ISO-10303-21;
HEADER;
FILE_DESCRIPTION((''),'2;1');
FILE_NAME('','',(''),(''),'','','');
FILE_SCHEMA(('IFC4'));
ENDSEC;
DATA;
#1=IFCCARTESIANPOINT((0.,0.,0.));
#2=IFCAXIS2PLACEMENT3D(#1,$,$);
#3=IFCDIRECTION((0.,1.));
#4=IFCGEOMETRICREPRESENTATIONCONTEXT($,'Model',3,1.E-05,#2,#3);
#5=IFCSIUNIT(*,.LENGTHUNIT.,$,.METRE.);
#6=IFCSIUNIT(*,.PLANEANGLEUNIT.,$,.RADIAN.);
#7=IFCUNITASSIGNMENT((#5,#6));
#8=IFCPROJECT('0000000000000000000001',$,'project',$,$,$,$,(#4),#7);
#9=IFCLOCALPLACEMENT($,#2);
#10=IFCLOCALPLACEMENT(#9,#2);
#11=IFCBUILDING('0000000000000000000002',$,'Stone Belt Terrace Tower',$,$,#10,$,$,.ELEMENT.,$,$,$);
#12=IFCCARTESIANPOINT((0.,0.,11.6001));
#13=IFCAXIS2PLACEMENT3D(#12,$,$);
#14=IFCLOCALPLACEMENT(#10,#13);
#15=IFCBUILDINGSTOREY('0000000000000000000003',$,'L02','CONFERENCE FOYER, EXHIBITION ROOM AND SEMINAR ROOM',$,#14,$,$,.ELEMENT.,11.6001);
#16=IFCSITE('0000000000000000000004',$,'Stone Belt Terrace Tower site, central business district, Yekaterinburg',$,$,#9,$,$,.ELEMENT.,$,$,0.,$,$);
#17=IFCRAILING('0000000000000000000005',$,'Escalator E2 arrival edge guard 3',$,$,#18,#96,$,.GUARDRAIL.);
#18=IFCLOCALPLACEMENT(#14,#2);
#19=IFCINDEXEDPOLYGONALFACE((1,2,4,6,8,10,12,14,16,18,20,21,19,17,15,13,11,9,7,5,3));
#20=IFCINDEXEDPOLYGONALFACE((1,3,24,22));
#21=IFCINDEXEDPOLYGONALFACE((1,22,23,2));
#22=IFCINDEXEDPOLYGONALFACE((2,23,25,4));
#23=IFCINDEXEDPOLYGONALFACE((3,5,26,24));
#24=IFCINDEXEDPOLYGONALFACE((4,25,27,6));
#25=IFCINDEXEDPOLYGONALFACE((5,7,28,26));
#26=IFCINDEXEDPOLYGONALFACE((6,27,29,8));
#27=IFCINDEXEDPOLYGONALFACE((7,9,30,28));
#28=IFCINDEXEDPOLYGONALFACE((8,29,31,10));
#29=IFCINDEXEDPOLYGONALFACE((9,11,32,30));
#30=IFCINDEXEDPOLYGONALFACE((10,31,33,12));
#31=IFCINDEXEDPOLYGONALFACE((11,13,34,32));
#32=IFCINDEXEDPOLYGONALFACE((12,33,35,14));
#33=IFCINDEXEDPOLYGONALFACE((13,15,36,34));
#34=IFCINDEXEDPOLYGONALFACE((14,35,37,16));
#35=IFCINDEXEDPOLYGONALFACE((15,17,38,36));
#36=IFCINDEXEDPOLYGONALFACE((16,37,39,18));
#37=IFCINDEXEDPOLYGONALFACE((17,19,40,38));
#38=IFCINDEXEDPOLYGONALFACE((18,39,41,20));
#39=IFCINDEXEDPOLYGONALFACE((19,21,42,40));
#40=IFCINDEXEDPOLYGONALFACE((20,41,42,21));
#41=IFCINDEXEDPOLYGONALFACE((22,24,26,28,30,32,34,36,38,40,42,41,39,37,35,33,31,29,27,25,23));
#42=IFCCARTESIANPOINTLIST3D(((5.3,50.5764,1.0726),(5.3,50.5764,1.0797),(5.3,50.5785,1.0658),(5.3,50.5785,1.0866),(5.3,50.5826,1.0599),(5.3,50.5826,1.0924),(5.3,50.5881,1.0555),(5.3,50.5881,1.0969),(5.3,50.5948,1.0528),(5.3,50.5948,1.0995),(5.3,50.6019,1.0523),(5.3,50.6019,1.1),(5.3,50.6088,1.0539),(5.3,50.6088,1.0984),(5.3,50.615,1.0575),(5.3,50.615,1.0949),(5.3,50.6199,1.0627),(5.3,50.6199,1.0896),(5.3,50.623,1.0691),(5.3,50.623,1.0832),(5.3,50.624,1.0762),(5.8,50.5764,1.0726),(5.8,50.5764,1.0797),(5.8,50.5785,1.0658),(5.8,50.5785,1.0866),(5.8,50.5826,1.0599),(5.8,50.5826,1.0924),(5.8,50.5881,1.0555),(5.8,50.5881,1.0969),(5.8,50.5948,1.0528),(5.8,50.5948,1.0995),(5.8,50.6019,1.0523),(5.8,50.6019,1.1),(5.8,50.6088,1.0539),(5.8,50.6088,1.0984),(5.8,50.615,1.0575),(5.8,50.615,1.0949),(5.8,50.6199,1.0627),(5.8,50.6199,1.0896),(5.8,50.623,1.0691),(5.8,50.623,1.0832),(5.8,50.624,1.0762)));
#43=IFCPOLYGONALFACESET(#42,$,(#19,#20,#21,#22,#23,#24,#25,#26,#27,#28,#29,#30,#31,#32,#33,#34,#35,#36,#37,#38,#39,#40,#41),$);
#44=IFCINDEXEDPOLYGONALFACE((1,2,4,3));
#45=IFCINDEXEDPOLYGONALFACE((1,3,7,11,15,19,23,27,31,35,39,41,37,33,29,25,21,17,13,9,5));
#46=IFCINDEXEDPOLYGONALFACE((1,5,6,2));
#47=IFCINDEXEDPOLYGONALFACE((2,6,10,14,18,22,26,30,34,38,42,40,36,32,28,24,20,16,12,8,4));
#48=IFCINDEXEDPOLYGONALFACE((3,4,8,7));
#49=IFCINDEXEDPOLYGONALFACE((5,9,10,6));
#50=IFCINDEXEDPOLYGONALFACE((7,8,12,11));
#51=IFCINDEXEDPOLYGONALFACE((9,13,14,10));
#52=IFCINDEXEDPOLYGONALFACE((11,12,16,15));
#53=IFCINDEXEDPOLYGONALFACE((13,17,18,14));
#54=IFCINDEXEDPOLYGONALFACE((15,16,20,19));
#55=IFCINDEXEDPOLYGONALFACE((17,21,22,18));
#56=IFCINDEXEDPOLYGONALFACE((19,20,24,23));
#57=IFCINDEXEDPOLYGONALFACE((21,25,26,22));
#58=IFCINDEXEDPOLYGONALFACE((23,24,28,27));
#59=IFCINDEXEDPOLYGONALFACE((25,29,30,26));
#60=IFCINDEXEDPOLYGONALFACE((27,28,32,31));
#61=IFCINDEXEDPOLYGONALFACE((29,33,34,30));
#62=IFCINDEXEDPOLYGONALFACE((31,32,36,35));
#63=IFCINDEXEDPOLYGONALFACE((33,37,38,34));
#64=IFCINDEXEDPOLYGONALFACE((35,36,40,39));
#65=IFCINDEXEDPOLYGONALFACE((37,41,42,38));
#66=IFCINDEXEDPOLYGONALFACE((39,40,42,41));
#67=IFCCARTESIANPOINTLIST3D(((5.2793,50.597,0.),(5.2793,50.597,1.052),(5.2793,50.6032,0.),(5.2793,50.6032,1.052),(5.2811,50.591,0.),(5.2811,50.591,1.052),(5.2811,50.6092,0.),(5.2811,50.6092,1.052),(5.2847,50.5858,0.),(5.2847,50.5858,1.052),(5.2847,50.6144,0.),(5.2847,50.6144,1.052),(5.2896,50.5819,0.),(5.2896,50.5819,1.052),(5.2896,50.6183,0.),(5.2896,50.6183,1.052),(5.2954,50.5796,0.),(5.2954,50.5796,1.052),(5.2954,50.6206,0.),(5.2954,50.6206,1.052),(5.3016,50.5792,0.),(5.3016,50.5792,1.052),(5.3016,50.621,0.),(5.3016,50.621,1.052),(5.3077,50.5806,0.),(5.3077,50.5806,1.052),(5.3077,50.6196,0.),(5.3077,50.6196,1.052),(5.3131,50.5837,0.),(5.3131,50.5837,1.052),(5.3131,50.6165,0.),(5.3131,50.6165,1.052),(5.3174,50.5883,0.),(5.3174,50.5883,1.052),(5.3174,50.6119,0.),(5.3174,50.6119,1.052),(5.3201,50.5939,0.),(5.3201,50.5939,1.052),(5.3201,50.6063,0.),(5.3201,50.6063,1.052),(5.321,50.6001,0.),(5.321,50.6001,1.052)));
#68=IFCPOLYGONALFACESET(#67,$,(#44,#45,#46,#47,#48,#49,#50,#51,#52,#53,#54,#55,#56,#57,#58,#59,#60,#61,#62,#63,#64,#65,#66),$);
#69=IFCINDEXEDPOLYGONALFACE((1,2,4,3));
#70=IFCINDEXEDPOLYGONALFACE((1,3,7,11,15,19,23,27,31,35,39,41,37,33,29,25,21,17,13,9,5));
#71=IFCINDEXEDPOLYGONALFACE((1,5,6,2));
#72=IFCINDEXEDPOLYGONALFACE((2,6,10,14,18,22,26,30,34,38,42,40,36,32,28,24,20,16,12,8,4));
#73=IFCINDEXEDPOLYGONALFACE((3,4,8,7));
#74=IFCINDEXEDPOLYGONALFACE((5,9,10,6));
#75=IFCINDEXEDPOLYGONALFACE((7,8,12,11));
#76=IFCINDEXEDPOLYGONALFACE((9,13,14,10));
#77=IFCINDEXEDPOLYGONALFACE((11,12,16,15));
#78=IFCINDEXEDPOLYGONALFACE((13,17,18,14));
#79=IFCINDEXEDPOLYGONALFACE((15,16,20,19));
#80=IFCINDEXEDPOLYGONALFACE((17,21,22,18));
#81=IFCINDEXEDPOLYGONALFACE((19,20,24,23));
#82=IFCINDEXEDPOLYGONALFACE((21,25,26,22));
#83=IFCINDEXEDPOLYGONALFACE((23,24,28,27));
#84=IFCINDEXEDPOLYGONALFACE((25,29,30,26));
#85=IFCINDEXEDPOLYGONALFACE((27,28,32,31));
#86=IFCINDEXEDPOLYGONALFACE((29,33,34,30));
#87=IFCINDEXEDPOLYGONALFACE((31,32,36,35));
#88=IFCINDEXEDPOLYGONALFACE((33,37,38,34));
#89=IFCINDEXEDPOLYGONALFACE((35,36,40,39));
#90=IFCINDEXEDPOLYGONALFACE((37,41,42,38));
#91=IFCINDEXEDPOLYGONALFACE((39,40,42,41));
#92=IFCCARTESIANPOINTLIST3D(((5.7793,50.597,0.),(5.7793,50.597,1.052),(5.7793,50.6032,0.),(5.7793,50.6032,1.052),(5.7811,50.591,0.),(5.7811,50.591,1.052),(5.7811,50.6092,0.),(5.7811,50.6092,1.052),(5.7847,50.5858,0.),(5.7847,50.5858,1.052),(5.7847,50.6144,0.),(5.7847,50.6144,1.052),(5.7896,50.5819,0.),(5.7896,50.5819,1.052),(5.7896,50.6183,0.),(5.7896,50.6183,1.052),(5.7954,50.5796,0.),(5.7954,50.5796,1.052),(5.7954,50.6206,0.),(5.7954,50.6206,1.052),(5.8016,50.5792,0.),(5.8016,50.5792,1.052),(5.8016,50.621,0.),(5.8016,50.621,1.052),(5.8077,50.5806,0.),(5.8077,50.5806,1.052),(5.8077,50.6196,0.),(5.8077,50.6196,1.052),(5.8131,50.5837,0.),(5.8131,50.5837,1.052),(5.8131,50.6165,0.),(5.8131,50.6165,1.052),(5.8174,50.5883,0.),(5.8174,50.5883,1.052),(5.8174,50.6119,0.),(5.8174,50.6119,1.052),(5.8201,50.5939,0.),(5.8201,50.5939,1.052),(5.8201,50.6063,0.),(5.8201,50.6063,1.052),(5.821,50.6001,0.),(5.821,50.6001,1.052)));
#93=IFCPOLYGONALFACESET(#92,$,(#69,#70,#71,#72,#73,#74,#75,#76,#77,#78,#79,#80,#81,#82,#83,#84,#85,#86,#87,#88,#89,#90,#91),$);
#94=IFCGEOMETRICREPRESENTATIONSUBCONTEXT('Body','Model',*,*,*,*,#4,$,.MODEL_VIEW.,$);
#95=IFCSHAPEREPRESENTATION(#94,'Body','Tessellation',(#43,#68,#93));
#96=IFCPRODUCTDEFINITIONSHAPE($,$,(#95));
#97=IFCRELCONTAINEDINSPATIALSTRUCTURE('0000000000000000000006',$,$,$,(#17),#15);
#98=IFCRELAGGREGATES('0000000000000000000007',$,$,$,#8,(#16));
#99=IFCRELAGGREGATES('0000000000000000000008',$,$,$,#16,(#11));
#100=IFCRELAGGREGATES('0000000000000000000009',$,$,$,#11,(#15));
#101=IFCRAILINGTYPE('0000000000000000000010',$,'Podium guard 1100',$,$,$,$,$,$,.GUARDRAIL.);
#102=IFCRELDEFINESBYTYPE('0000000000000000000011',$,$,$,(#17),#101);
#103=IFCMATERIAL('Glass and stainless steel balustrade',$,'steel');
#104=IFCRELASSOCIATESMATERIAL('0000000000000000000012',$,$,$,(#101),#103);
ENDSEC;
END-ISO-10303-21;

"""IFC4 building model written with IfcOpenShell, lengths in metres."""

from ifc_helpers import new_model, si_unit, direction, frame, origin, origin_2d, place, context, subcontext, project, spatial, circle, extrude, material, type_object, element, save


model = new_model("IFC4")

# Units and contexts
model_context = context("Model", 3, precision=1e-05, world=origin(), true_north=direction((0.0, 1.0)))
body_context = subcontext(model_context, "Body", "Model", "MODEL_VIEW")
ifc_project = project(units=[si_unit("LENGTHUNIT", "METRE"), si_unit("PLANEANGLEUNIT", "RADIAN")], contexts=[model_context])

# Site, building, storey
site_placement = place(None, origin())
site = spatial("IfcSite", under=ifc_project, at=site_placement, Name="Stone Belt Terrace Tower site, central business district, Yekaterinburg", CompositionType="ELEMENT", RefElevation=0.0)
building_placement = place(site_placement, origin())
building = spatial("IfcBuilding", under=site, at=building_placement, Name="Stone Belt Terrace Tower", CompositionType="ELEMENT")
storey_placement = place(building_placement, frame((0.0, 0.0, 11.6001)))
storey = spatial("IfcBuildingStorey", under=building, at=storey_placement, Name="L02", Description="CONFERENCE FOYER, EXHIBITION ROOM AND SEMINAR ROOM", CompositionType="ELEMENT", Elevation=11.6001)

# Railing
ifc_material_1 = material(Name="Glass and stainless steel balustrade", Category="steel")
railing_type_1 = type_object("IfcRailingType", Name="Podium guard 1100", PredefinedType="GUARDRAIL", material=ifc_material_1)
railing_1_placement = place(storey_placement, frame((5.3, 50.6001, 0.0)))
element("IfcRailing", 1, at=railing_1_placement, inside=storey, type_object=railing_type_1, Name="Escalator E2 arrival edge guard 3", PredefinedType="GUARDRAIL", context=body_context, shape_type="SweptSolid", body=[
    extrude(circle(Radius=0.0239, at=origin_2d()), frame((0.0, 0.0, 1.0762), z_axis=(1.0, 0.0, 0.0), x_axis=(0.0, 1.0, 0.0)), (0.0, 0.0, 1.0), 0.5),
    extrude(circle(Radius=0.021, at=origin_2d()), origin(), (0.0, 0.0, 1.0), 1.052),
    extrude(circle(Radius=0.021, at=origin_2d()), frame((0.5, 0.0, 0.0)), (0.0, 0.0, 1.0), 1.052),
])

save(model, "model.ifc")
